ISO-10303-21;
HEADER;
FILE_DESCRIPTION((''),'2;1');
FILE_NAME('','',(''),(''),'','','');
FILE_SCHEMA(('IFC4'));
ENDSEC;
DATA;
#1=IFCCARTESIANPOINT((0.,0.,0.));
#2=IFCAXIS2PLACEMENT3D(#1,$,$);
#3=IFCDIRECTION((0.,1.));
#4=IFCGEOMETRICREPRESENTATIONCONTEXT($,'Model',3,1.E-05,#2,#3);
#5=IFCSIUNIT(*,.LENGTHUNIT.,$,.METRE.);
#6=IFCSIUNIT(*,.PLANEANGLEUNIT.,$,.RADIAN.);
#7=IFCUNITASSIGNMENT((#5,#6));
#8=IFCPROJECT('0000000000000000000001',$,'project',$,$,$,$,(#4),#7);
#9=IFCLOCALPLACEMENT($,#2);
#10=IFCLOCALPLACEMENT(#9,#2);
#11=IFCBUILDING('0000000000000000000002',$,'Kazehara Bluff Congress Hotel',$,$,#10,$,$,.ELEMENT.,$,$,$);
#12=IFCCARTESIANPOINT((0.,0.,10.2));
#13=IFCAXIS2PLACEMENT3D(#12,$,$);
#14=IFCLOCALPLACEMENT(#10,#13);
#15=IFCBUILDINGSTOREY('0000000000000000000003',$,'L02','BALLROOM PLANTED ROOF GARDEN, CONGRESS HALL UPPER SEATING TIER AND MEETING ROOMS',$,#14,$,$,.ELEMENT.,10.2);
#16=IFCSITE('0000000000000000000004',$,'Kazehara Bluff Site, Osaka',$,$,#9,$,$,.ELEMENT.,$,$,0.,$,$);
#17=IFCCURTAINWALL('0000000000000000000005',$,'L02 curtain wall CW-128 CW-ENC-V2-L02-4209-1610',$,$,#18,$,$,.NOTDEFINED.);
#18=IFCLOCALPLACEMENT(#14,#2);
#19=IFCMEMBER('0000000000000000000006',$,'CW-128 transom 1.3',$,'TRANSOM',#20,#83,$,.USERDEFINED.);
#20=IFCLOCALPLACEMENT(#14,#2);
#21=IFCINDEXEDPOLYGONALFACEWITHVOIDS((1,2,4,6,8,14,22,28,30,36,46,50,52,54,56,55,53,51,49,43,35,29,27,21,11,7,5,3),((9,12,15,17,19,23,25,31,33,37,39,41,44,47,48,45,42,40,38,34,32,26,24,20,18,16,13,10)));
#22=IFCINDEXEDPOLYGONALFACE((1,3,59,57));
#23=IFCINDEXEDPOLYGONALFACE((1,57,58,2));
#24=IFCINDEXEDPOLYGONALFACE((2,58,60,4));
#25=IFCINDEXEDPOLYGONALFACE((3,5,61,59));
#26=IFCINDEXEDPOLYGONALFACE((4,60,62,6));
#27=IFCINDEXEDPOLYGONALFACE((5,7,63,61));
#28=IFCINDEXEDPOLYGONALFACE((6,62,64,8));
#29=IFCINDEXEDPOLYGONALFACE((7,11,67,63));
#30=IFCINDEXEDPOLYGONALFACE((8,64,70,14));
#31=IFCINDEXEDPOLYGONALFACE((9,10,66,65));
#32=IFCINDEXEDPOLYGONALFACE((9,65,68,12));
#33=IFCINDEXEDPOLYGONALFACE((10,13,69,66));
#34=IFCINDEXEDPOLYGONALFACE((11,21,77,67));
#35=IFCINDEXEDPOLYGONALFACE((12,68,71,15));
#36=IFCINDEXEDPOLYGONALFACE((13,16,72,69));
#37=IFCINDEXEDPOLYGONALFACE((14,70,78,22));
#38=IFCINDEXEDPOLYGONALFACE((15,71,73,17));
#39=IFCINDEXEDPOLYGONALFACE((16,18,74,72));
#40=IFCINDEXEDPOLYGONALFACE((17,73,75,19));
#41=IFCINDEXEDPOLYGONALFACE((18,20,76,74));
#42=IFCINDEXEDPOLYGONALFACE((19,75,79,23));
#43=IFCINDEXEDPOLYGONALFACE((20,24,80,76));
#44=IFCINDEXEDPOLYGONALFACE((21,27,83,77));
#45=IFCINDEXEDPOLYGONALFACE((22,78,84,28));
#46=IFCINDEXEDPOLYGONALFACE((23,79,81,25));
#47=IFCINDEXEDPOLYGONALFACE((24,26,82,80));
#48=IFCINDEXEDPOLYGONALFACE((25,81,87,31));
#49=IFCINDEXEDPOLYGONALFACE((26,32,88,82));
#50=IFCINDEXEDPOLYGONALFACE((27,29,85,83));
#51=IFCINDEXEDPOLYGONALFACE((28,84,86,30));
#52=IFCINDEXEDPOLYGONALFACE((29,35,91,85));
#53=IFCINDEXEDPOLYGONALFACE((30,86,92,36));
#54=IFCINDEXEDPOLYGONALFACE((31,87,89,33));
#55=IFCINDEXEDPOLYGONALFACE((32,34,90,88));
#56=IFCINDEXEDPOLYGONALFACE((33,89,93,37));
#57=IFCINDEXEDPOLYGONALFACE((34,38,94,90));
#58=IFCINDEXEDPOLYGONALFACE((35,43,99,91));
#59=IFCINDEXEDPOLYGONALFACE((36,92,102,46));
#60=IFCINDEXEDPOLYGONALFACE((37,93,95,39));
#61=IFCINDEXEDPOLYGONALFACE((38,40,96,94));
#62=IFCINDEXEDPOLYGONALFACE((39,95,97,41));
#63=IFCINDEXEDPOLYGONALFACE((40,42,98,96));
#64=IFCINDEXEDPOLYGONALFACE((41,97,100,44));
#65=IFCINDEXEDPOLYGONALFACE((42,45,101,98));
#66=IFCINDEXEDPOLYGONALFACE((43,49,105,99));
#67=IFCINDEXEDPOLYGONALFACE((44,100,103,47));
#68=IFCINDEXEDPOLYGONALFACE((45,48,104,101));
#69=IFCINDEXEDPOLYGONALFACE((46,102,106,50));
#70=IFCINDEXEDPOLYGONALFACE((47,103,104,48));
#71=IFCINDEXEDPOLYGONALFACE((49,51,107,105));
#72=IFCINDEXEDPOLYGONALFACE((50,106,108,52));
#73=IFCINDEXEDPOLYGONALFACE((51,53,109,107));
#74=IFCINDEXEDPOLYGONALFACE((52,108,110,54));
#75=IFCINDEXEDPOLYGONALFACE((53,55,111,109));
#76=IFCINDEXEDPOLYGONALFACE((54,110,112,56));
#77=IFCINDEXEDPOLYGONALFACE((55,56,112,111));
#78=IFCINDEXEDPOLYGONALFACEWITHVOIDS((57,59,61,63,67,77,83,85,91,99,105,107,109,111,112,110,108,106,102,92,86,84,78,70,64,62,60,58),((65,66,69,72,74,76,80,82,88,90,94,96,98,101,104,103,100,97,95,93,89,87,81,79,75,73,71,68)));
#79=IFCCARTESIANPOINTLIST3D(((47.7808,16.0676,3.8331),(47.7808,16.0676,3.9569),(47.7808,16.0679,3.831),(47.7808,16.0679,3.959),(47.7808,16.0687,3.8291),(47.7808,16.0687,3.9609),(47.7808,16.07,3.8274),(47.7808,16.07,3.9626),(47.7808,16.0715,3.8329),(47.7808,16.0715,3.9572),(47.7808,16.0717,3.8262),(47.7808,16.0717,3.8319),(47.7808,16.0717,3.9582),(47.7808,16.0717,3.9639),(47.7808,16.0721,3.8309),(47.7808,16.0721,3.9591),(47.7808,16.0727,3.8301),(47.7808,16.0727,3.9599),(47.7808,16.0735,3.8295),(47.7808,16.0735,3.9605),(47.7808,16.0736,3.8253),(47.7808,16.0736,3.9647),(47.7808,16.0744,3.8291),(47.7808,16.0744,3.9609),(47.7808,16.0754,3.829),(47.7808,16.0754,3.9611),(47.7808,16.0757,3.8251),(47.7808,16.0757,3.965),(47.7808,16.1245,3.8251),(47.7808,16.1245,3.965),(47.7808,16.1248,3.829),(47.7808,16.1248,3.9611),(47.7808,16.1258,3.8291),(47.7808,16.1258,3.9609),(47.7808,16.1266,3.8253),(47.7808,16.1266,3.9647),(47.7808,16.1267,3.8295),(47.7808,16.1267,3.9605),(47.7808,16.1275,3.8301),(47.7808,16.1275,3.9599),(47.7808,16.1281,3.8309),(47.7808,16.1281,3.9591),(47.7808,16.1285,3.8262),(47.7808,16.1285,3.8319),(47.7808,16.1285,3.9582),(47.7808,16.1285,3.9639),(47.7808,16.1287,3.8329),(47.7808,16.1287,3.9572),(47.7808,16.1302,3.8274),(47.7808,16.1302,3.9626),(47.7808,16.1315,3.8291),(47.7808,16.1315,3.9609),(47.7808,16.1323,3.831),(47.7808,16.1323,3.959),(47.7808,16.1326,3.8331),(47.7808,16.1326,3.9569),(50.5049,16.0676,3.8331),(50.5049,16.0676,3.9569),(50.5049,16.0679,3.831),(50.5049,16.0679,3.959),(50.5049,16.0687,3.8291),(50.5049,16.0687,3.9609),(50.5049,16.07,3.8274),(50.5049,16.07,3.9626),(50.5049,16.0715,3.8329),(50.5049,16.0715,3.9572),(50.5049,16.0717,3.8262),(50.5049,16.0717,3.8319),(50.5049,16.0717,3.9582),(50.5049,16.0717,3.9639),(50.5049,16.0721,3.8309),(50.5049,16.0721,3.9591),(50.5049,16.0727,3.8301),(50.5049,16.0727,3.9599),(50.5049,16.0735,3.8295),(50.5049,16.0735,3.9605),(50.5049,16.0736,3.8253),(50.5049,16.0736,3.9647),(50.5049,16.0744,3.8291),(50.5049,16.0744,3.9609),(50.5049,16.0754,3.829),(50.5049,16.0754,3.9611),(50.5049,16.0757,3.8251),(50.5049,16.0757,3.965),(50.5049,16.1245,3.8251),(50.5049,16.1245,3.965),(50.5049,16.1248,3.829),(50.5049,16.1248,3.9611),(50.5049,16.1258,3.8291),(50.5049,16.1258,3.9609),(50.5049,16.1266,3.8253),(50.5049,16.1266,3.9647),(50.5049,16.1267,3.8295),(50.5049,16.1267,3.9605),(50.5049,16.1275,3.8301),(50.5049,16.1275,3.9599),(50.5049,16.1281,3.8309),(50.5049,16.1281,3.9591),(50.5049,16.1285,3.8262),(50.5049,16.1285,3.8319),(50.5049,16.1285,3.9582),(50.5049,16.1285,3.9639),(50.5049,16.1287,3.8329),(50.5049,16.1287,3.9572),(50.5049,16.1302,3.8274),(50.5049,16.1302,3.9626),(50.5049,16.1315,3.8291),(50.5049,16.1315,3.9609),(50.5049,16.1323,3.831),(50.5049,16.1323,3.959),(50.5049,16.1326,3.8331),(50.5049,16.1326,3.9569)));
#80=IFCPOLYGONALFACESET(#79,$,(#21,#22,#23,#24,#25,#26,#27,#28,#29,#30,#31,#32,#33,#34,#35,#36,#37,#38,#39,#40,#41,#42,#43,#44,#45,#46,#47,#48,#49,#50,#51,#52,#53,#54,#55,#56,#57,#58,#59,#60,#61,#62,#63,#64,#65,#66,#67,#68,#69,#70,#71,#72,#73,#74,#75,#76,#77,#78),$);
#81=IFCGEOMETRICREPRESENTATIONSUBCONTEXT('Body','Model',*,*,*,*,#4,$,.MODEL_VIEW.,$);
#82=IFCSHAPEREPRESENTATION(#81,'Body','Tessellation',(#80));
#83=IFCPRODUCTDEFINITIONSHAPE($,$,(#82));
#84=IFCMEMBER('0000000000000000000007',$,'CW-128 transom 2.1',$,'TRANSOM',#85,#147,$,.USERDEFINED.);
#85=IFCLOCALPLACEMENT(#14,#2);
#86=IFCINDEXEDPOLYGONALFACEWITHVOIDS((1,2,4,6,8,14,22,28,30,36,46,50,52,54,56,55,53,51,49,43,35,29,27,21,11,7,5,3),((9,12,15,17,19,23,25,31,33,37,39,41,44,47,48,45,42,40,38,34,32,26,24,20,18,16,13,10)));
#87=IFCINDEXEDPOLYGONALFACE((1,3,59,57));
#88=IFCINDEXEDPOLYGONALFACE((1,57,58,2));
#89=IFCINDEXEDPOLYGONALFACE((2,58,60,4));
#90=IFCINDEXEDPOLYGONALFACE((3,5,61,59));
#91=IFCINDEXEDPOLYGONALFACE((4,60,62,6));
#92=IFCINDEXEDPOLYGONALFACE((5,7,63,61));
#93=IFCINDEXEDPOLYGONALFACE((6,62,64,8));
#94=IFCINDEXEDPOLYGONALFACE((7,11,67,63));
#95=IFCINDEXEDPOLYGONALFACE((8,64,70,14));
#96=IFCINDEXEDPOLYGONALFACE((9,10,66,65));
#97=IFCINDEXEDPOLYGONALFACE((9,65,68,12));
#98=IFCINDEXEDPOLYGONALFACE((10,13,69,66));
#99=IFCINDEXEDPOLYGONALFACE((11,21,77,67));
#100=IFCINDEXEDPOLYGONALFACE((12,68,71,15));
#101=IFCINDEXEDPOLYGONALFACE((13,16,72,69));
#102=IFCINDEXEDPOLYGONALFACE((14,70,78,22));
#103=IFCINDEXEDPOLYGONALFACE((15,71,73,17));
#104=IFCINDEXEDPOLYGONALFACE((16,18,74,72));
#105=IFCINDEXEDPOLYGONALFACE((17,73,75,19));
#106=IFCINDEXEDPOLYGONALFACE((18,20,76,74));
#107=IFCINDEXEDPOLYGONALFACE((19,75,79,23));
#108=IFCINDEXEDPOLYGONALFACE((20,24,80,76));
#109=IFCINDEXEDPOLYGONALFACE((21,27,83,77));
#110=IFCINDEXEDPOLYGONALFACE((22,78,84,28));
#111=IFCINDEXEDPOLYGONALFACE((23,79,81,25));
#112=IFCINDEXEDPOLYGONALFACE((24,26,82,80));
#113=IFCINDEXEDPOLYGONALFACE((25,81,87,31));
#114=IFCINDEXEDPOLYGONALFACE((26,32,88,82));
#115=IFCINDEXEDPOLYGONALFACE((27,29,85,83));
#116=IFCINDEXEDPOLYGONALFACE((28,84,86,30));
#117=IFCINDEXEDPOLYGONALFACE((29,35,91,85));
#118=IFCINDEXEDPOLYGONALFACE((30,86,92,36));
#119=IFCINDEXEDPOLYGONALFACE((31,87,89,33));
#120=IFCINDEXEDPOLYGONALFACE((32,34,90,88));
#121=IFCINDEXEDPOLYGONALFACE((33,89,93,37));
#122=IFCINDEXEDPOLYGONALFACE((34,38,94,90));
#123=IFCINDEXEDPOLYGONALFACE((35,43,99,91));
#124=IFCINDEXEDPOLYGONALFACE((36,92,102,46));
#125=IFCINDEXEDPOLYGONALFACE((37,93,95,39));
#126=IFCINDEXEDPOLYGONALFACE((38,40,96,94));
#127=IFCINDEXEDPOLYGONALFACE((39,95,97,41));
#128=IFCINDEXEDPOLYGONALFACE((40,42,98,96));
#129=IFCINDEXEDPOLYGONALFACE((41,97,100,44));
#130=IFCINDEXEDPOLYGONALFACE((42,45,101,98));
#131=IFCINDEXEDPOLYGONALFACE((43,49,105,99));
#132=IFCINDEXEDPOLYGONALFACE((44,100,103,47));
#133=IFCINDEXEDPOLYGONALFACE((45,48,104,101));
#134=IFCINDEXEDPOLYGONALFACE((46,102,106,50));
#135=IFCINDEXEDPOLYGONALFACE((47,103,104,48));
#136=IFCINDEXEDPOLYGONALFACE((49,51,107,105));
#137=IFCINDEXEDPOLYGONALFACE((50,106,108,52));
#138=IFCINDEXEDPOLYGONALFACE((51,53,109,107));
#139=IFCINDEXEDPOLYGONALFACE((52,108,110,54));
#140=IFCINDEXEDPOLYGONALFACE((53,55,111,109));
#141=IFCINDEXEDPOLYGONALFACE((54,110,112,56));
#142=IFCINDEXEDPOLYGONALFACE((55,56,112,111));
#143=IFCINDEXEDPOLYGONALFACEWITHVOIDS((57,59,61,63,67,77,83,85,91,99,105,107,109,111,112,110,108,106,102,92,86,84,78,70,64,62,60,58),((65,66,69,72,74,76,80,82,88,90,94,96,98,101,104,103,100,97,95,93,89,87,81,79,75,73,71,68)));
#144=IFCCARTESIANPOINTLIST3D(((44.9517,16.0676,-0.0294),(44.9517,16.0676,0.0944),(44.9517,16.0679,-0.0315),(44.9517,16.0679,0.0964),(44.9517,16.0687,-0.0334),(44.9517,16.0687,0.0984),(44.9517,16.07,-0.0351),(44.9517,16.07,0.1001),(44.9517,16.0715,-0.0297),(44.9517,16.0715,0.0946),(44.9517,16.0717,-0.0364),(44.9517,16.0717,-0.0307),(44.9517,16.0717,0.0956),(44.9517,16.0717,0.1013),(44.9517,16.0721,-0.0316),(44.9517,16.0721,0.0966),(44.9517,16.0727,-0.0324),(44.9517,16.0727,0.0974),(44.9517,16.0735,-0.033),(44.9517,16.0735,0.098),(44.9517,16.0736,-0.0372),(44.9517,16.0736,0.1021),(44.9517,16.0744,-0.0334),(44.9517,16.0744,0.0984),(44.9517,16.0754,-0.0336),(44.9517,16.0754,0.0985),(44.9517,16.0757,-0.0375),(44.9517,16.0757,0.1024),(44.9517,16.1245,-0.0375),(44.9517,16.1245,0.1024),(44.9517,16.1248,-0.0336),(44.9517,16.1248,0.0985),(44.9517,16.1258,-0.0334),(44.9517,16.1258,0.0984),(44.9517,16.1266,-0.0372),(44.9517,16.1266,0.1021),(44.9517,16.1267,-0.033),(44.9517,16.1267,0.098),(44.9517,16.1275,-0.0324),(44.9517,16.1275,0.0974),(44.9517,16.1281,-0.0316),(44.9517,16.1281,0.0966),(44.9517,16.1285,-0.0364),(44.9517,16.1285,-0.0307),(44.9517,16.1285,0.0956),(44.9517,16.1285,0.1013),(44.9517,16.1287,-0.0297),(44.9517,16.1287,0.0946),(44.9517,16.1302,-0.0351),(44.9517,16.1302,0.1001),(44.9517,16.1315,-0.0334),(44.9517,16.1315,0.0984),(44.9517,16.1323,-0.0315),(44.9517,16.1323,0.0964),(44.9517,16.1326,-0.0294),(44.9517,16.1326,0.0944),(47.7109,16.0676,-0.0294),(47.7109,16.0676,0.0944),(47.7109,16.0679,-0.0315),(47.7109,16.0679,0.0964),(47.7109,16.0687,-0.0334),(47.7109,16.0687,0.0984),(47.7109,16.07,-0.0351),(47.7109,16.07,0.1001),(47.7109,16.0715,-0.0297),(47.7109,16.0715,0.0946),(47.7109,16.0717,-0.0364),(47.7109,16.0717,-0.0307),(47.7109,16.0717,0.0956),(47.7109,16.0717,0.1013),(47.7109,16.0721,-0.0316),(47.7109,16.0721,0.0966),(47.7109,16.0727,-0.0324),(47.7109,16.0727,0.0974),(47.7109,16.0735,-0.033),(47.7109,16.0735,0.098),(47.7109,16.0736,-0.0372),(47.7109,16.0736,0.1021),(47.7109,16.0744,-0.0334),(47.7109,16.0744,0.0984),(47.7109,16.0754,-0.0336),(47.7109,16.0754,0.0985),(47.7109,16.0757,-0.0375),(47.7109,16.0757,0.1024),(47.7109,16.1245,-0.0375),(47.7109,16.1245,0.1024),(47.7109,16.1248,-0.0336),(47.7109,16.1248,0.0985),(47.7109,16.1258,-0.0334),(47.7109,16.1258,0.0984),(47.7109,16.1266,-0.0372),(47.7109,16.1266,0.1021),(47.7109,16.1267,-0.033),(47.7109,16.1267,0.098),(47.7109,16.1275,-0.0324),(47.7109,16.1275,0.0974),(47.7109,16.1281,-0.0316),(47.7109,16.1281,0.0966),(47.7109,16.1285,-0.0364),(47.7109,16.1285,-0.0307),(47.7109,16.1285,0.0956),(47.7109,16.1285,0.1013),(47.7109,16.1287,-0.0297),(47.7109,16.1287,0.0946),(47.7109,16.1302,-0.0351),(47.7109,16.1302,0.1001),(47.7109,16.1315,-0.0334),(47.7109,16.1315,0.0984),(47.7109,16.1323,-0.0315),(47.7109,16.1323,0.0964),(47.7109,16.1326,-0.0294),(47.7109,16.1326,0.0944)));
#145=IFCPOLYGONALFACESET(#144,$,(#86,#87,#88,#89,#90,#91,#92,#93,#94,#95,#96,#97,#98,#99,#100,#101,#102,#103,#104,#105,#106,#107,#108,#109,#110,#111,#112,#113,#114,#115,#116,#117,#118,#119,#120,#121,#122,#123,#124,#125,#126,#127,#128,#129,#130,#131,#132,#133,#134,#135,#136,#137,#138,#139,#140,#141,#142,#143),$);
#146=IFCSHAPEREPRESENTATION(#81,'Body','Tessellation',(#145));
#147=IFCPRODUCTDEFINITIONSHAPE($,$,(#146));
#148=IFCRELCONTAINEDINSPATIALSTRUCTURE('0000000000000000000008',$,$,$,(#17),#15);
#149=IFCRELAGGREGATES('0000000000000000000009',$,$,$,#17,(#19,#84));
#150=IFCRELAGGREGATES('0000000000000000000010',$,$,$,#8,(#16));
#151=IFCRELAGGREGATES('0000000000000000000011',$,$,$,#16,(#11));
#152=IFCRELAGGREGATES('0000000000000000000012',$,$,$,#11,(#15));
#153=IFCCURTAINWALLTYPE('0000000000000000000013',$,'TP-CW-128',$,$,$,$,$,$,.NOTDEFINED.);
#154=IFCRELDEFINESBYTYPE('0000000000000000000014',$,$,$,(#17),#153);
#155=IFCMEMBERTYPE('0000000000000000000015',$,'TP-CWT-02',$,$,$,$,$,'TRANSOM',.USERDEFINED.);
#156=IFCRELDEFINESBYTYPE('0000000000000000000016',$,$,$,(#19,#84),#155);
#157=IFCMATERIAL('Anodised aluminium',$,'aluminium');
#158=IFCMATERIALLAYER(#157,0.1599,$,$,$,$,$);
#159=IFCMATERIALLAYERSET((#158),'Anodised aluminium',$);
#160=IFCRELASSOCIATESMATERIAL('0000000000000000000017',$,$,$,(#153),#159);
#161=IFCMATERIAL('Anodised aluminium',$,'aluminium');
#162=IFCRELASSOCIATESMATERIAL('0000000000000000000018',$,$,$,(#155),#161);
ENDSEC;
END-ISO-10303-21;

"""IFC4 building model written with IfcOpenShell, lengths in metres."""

from ifc_helpers import new_model, si_unit, direction, frame, origin, origin_2d, place, context, subcontext, project, spatial, hollow_rectangle, extrude, material, layer, layer_set, material_profile, profile_set, type_object, element, aggregate, save


model = new_model("IFC4")

# Units and contexts
model_context = context("Model", 3, precision=1e-05, world=origin(), true_north=direction((0.0, 1.0)))
body_context = subcontext(model_context, "Body", "Model", "MODEL_VIEW")
ifc_project = project(units=[si_unit("LENGTHUNIT", "METRE"), si_unit("PLANEANGLEUNIT", "RADIAN")], contexts=[model_context])

# Site, building, storey
site_placement = place(None, origin())
site = spatial("IfcSite", under=ifc_project, at=site_placement, Name="Kazehara Bluff Site, Osaka", CompositionType="ELEMENT", RefElevation=0.0)
building_placement = place(site_placement, origin())
building = spatial("IfcBuilding", under=site, at=building_placement, Name="Kazehara Bluff Congress Hotel", CompositionType="ELEMENT")
storey_placement = place(building_placement, frame((0.0, 0.0, 10.2)))
storey = spatial("IfcBuildingStorey", under=building, at=storey_placement, Name="L02", Description="BALLROOM PLANTED ROOF GARDEN, CONGRESS HALL UPPER SEATING TIER AND MEETING ROOMS", CompositionType="ELEMENT", Elevation=10.2)

# Curtain wall, members
ifc_material_1 = material(Name="Anodised aluminium", Category="aluminium")
ifc_layer_1 = layer(ifc_material_1, 0.1599)
ifc_layer_set_1 = layer_set([ifc_layer_1], Name="Anodised aluminium")
curtain_wall_type = type_object("IfcCurtainWallType", Name="TP-CW-128", PredefinedType="NOTDEFINED", material=ifc_layer_set_1)
curtain_wall_placement = place(storey_placement, origin())
curtain_wall = element("IfcCurtainWall", 1, at=curtain_wall_placement, inside=storey, type_object=curtain_wall_type, Name="L02 curtain wall CW-128 CW-ENC-V2-L02-4209-1610", PredefinedType="NOTDEFINED")
ifc_material_2 = material(Name="Anodised aluminium", Category="aluminium")
ifc_material_profile_1 = material_profile(ifc_material_2, hollow_rectangle(XDim=0.0649, YDim=0.1399, WallThickness=0.0039, InnerFilletRadius=0.0039, OuterFilletRadius=0.0081, at=origin_2d()))
ifc_profile_set_1 = profile_set([ifc_material_profile_1], Name="Anodised aluminium")
member_type_1 = type_object("IfcMemberType", Name="TP-CWT-02", ElementType="TRANSOM", PredefinedType="USERDEFINED", material=ifc_profile_set_1)
member_1_placement = place(storey_placement, frame((50.5049, 16.1001, 3.895), z_axis=(-1.0, 0.0, 0.0), x_axis=(0.0, -1.0, 0.0)))
member_1 = element("IfcMember", 2, at=member_1_placement, type_object=member_type_1, Name="CW-128 transom 1.3", ObjectType="TRANSOM", PredefinedType="USERDEFINED", context=body_context, shape_type="SweptSolid", body=[
    extrude(hollow_rectangle(XDim=0.0649, YDim=0.1399, WallThickness=0.0039, InnerFilletRadius=0.0039, OuterFilletRadius=0.0081, at=origin_2d()), origin(), (0.0, 0.0, 1.0), 2.7241),
])
member_2_placement = place(storey_placement, frame((47.7109, 16.1001, 0.0325), z_axis=(-1.0, 0.0, 0.0), x_axis=(0.0, -1.0, 0.0)))
member_2 = element("IfcMember", 3, at=member_2_placement, type_object=member_type_1, Name="CW-128 transom 2.1", ObjectType="TRANSOM", PredefinedType="USERDEFINED", context=body_context, shape_type="SweptSolid", body=[
    extrude(hollow_rectangle(XDim=0.0649, YDim=0.1399, WallThickness=0.0039, InnerFilletRadius=0.0039, OuterFilletRadius=0.0081, at=origin_2d()), origin(), (0.0, 0.0, 1.0), 2.7593),
])

aggregate(curtain_wall, [member_1, member_2])

save(model, "model.ifc")
